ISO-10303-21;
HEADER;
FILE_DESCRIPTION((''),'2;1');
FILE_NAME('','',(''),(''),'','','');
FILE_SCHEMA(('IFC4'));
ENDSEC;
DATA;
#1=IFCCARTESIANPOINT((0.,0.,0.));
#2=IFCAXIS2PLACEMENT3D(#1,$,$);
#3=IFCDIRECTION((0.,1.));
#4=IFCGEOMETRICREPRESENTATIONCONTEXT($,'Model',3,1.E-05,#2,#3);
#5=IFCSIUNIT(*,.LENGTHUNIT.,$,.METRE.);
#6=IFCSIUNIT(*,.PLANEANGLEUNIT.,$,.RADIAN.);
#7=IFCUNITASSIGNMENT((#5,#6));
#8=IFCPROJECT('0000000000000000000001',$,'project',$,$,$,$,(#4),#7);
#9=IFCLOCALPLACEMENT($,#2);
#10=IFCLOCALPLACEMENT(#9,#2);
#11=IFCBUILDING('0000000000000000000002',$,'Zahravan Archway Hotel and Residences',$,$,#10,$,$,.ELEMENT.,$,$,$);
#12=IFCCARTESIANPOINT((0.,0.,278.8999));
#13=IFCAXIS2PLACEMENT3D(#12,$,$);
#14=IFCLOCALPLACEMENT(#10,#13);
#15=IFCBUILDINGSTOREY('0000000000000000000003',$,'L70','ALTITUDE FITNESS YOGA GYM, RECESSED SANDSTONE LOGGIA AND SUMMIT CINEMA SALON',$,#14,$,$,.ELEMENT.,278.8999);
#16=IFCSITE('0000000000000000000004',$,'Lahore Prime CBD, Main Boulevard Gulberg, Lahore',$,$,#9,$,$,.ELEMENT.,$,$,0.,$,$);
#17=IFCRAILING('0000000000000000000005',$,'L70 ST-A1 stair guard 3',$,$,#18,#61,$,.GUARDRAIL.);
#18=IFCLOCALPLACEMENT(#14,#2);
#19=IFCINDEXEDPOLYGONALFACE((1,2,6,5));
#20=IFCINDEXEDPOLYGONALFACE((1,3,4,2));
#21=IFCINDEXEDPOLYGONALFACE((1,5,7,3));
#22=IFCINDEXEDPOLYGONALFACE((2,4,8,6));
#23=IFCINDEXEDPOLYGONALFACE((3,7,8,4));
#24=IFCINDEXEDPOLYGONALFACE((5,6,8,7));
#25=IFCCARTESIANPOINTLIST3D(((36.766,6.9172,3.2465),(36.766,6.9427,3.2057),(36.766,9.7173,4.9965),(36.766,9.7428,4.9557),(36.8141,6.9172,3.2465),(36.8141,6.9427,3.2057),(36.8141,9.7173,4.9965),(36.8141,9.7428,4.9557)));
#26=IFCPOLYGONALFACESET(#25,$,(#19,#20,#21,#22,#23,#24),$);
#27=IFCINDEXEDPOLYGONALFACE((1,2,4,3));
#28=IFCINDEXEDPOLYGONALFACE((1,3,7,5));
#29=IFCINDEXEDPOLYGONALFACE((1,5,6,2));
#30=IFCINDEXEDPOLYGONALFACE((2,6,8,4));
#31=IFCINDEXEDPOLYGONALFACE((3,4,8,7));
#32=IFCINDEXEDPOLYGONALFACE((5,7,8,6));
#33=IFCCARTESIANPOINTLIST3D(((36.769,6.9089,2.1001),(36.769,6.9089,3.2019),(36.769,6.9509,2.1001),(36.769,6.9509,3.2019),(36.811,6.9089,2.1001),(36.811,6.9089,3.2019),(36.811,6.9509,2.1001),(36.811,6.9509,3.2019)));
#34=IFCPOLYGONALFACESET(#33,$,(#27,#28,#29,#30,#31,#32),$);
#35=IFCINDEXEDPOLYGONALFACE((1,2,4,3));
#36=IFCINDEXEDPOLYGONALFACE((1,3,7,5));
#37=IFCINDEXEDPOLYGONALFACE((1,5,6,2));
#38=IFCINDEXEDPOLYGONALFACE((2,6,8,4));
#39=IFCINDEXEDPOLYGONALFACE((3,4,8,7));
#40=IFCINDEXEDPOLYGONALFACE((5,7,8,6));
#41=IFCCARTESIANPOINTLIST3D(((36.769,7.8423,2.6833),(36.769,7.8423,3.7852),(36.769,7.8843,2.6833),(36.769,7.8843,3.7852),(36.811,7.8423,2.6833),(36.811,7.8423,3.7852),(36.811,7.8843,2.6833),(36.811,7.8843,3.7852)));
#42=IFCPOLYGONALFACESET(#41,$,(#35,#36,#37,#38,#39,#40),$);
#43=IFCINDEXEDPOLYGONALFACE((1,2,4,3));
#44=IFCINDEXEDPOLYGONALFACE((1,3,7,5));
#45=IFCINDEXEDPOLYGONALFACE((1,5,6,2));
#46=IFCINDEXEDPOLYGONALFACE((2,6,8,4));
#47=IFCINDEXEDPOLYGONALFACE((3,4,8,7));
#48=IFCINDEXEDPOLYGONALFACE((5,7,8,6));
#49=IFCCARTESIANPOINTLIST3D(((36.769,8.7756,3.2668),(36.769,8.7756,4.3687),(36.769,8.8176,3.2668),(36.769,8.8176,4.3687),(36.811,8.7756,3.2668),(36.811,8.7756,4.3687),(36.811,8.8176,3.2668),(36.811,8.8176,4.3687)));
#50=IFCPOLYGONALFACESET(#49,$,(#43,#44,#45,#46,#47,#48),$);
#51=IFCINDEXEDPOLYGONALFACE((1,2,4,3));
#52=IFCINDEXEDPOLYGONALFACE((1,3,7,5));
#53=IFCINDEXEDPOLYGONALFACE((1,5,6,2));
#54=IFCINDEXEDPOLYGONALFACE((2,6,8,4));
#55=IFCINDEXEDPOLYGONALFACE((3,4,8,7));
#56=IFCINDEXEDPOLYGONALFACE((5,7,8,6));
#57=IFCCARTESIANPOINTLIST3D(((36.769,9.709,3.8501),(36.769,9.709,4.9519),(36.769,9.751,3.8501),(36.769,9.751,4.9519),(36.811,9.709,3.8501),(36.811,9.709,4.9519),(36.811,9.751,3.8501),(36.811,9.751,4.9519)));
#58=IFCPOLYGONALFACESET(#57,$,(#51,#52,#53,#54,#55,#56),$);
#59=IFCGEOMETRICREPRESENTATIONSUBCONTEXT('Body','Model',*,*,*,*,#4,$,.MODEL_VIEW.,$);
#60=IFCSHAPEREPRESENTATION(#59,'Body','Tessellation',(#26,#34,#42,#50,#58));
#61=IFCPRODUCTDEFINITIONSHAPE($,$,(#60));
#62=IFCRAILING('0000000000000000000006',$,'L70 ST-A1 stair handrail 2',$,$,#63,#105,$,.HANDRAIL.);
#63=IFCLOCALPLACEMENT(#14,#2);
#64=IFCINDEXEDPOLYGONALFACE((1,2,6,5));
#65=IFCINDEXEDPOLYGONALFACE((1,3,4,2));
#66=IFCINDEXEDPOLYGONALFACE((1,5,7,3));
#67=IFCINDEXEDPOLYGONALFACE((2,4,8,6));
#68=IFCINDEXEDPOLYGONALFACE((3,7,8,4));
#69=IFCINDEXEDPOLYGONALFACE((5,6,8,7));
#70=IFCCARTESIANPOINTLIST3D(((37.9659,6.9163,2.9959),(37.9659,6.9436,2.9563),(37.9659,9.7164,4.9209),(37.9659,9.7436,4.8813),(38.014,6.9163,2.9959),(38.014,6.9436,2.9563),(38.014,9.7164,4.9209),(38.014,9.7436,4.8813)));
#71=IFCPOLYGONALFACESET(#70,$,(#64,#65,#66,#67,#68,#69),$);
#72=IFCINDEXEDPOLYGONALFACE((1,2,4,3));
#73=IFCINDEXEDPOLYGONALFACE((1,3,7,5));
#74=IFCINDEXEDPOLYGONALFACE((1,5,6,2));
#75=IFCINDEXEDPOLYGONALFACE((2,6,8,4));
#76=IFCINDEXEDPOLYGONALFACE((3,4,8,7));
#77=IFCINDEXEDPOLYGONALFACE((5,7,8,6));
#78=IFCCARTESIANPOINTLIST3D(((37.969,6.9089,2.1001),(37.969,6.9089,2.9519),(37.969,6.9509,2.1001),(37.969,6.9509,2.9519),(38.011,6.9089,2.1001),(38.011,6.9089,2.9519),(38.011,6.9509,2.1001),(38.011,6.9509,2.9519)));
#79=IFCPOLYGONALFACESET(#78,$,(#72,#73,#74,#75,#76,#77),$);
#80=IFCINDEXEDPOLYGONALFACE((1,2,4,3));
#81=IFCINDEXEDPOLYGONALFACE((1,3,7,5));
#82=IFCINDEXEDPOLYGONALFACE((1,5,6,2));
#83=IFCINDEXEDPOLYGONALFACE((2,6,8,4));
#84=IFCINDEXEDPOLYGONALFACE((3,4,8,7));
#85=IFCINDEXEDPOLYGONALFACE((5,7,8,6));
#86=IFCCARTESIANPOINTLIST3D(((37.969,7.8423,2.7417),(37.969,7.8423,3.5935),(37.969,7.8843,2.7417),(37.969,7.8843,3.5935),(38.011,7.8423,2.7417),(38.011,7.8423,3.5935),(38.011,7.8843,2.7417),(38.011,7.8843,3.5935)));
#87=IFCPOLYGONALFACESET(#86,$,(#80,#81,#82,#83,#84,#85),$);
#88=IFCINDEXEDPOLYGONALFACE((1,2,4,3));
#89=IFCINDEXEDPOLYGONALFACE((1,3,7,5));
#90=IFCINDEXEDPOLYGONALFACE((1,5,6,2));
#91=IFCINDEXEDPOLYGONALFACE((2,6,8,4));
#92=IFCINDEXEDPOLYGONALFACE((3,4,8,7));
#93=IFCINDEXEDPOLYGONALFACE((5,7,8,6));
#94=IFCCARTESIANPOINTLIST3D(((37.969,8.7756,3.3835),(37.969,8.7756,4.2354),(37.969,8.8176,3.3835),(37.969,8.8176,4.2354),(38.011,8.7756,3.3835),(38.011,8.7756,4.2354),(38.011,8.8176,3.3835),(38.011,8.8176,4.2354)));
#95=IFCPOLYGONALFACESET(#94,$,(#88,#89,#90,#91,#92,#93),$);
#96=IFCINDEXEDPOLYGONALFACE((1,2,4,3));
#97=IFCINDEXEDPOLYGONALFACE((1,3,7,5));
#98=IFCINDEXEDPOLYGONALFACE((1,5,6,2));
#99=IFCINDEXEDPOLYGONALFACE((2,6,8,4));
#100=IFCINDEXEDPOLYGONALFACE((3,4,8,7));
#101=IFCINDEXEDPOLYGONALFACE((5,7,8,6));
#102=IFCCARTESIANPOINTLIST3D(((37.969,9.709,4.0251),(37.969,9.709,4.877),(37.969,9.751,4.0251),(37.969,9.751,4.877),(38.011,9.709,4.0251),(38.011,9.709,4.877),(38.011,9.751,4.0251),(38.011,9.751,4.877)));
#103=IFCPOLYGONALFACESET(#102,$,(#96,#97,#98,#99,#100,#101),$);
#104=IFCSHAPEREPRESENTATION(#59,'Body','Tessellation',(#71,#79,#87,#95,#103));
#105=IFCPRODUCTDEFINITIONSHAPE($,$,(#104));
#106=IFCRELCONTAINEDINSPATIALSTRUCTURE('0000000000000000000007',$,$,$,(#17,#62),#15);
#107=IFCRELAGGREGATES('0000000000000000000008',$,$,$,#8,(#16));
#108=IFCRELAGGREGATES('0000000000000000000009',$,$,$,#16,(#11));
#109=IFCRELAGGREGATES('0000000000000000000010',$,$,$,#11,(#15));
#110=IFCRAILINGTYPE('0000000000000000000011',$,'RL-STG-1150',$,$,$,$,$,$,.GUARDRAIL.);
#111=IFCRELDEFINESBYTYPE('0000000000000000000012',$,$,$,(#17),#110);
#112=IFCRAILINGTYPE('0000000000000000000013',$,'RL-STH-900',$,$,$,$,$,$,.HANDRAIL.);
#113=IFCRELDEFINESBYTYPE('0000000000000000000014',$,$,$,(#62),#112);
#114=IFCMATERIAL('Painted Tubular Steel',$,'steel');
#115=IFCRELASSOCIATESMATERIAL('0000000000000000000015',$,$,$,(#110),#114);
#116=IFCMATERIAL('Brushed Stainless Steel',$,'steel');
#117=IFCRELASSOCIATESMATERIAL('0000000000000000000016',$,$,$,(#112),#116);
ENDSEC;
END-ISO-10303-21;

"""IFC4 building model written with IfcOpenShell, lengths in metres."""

from ifc_helpers import new_model, si_unit, direction, frame, origin, origin_2d, place, context, subcontext, project, spatial, rectangle, extrude, material, type_object, element, save


model = new_model("IFC4")

# Units and contexts
model_context = context("Model", 3, precision=1e-05, world=origin(), true_north=direction((0.0, 1.0)))
body_context = subcontext(model_context, "Body", "Model", "MODEL_VIEW")
ifc_project = project(units=[si_unit("LENGTHUNIT", "METRE"), si_unit("PLANEANGLEUNIT", "RADIAN")], contexts=[model_context])

# Site, building, storey
site_placement = place(None, origin())
site = spatial("IfcSite", under=ifc_project, at=site_placement, Name="Lahore Prime CBD, Main Boulevard Gulberg, Lahore", CompositionType="ELEMENT", RefElevation=0.0)
building_placement = place(site_placement, origin())
building = spatial("IfcBuilding", under=site, at=building_placement, Name="Zahravan Archway Hotel and Residences", CompositionType="ELEMENT")
storey_placement = place(building_placement, frame((0.0, 0.0, 278.8999)))
storey = spatial("IfcBuildingStorey", under=building, at=storey_placement, Name="L70", Description="ALTITUDE FITNESS YOGA GYM, RECESSED SANDSTONE LOGGIA AND SUMMIT CINEMA SALON", CompositionType="ELEMENT", Elevation=278.8999)

# Railings
ifc_material_1 = material(Name="Painted Tubular Steel", Category="steel")
railing_type_1 = type_object("IfcRailingType", Name="RL-STG-1150", PredefinedType="GUARDRAIL", material=ifc_material_1)
railing_1_placement = place(storey_placement, frame((36.79, 6.9299, 2.1001)))
element("IfcRailing", 1, at=railing_1_placement, inside=storey, type_object=railing_type_1, Name="L70 ST-A1 stair guard 3", PredefinedType="GUARDRAIL", context=body_context, shape_type="SweptSolid", body=[
    extrude(rectangle(XDim=0.0481, YDim=0.0481, at=origin_2d()), frame((0.0, 0.0, 1.126), z_axis=(0.0, 0.848002, 0.529992), x_axis=(-1.0, 0.0, 0.0)), (0.0, 0.0, 1.0), 3.302),
    extrude(rectangle(XDim=0.042, YDim=0.042, at=origin_2d()), origin(), (0.0, 0.0, 1.0), 1.1018),
    extrude(rectangle(XDim=0.042, YDim=0.042, at=origin_2d()), frame((0.0, 0.9333, 0.5833)), (0.0, 0.0, 1.0), 1.1018),
    extrude(rectangle(XDim=0.042, YDim=0.042, at=origin_2d()), frame((0.0, 1.8667, 1.1667)), (0.0, 0.0, 1.0), 1.1018),
    extrude(rectangle(XDim=0.042, YDim=0.042, at=origin_2d()), frame((0.0, 2.8, 1.75)), (0.0, 0.0, 1.0), 1.1018),
])
ifc_material_2 = material(Name="Brushed Stainless Steel", Category="steel")
railing_type_2 = type_object("IfcRailingType", Name="RL-STH-900", PredefinedType="HANDRAIL", material=ifc_material_2)
railing_2_placement = place(storey_placement, frame((37.99, 6.9299, 2.1001)))
element("IfcRailing", 2, at=railing_2_placement, inside=storey, type_object=railing_type_2, Name="L70 ST-A1 stair handrail 2", PredefinedType="HANDRAIL", context=body_context, shape_type="SweptSolid", body=[
    extrude(rectangle(XDim=0.0481, YDim=0.0481, at=origin_2d()), frame((0.0, 0.0, 0.876), z_axis=(0.0, 0.82404, 0.566532), x_axis=(-1.0, 0.0, 0.0)), (0.0, 0.0, 1.0), 3.3979),
    extrude(rectangle(XDim=0.042, YDim=0.042, at=origin_2d()), origin(), (0.0, 0.0, 1.0), 0.8518),
    extrude(rectangle(XDim=0.042, YDim=0.042, at=origin_2d()), frame((0.0, 0.9333, 0.6416)), (0.0, 0.0, 1.0), 0.8518),
    extrude(rectangle(XDim=0.042, YDim=0.042, at=origin_2d()), frame((0.0, 1.8667, 1.2834)), (0.0, 0.0, 1.0), 0.8518),
    extrude(rectangle(XDim=0.042, YDim=0.042, at=origin_2d()), frame((0.0, 2.8, 1.925)), (0.0, 0.0, 1.0), 0.8518),
])

save(model, "model.ifc")
